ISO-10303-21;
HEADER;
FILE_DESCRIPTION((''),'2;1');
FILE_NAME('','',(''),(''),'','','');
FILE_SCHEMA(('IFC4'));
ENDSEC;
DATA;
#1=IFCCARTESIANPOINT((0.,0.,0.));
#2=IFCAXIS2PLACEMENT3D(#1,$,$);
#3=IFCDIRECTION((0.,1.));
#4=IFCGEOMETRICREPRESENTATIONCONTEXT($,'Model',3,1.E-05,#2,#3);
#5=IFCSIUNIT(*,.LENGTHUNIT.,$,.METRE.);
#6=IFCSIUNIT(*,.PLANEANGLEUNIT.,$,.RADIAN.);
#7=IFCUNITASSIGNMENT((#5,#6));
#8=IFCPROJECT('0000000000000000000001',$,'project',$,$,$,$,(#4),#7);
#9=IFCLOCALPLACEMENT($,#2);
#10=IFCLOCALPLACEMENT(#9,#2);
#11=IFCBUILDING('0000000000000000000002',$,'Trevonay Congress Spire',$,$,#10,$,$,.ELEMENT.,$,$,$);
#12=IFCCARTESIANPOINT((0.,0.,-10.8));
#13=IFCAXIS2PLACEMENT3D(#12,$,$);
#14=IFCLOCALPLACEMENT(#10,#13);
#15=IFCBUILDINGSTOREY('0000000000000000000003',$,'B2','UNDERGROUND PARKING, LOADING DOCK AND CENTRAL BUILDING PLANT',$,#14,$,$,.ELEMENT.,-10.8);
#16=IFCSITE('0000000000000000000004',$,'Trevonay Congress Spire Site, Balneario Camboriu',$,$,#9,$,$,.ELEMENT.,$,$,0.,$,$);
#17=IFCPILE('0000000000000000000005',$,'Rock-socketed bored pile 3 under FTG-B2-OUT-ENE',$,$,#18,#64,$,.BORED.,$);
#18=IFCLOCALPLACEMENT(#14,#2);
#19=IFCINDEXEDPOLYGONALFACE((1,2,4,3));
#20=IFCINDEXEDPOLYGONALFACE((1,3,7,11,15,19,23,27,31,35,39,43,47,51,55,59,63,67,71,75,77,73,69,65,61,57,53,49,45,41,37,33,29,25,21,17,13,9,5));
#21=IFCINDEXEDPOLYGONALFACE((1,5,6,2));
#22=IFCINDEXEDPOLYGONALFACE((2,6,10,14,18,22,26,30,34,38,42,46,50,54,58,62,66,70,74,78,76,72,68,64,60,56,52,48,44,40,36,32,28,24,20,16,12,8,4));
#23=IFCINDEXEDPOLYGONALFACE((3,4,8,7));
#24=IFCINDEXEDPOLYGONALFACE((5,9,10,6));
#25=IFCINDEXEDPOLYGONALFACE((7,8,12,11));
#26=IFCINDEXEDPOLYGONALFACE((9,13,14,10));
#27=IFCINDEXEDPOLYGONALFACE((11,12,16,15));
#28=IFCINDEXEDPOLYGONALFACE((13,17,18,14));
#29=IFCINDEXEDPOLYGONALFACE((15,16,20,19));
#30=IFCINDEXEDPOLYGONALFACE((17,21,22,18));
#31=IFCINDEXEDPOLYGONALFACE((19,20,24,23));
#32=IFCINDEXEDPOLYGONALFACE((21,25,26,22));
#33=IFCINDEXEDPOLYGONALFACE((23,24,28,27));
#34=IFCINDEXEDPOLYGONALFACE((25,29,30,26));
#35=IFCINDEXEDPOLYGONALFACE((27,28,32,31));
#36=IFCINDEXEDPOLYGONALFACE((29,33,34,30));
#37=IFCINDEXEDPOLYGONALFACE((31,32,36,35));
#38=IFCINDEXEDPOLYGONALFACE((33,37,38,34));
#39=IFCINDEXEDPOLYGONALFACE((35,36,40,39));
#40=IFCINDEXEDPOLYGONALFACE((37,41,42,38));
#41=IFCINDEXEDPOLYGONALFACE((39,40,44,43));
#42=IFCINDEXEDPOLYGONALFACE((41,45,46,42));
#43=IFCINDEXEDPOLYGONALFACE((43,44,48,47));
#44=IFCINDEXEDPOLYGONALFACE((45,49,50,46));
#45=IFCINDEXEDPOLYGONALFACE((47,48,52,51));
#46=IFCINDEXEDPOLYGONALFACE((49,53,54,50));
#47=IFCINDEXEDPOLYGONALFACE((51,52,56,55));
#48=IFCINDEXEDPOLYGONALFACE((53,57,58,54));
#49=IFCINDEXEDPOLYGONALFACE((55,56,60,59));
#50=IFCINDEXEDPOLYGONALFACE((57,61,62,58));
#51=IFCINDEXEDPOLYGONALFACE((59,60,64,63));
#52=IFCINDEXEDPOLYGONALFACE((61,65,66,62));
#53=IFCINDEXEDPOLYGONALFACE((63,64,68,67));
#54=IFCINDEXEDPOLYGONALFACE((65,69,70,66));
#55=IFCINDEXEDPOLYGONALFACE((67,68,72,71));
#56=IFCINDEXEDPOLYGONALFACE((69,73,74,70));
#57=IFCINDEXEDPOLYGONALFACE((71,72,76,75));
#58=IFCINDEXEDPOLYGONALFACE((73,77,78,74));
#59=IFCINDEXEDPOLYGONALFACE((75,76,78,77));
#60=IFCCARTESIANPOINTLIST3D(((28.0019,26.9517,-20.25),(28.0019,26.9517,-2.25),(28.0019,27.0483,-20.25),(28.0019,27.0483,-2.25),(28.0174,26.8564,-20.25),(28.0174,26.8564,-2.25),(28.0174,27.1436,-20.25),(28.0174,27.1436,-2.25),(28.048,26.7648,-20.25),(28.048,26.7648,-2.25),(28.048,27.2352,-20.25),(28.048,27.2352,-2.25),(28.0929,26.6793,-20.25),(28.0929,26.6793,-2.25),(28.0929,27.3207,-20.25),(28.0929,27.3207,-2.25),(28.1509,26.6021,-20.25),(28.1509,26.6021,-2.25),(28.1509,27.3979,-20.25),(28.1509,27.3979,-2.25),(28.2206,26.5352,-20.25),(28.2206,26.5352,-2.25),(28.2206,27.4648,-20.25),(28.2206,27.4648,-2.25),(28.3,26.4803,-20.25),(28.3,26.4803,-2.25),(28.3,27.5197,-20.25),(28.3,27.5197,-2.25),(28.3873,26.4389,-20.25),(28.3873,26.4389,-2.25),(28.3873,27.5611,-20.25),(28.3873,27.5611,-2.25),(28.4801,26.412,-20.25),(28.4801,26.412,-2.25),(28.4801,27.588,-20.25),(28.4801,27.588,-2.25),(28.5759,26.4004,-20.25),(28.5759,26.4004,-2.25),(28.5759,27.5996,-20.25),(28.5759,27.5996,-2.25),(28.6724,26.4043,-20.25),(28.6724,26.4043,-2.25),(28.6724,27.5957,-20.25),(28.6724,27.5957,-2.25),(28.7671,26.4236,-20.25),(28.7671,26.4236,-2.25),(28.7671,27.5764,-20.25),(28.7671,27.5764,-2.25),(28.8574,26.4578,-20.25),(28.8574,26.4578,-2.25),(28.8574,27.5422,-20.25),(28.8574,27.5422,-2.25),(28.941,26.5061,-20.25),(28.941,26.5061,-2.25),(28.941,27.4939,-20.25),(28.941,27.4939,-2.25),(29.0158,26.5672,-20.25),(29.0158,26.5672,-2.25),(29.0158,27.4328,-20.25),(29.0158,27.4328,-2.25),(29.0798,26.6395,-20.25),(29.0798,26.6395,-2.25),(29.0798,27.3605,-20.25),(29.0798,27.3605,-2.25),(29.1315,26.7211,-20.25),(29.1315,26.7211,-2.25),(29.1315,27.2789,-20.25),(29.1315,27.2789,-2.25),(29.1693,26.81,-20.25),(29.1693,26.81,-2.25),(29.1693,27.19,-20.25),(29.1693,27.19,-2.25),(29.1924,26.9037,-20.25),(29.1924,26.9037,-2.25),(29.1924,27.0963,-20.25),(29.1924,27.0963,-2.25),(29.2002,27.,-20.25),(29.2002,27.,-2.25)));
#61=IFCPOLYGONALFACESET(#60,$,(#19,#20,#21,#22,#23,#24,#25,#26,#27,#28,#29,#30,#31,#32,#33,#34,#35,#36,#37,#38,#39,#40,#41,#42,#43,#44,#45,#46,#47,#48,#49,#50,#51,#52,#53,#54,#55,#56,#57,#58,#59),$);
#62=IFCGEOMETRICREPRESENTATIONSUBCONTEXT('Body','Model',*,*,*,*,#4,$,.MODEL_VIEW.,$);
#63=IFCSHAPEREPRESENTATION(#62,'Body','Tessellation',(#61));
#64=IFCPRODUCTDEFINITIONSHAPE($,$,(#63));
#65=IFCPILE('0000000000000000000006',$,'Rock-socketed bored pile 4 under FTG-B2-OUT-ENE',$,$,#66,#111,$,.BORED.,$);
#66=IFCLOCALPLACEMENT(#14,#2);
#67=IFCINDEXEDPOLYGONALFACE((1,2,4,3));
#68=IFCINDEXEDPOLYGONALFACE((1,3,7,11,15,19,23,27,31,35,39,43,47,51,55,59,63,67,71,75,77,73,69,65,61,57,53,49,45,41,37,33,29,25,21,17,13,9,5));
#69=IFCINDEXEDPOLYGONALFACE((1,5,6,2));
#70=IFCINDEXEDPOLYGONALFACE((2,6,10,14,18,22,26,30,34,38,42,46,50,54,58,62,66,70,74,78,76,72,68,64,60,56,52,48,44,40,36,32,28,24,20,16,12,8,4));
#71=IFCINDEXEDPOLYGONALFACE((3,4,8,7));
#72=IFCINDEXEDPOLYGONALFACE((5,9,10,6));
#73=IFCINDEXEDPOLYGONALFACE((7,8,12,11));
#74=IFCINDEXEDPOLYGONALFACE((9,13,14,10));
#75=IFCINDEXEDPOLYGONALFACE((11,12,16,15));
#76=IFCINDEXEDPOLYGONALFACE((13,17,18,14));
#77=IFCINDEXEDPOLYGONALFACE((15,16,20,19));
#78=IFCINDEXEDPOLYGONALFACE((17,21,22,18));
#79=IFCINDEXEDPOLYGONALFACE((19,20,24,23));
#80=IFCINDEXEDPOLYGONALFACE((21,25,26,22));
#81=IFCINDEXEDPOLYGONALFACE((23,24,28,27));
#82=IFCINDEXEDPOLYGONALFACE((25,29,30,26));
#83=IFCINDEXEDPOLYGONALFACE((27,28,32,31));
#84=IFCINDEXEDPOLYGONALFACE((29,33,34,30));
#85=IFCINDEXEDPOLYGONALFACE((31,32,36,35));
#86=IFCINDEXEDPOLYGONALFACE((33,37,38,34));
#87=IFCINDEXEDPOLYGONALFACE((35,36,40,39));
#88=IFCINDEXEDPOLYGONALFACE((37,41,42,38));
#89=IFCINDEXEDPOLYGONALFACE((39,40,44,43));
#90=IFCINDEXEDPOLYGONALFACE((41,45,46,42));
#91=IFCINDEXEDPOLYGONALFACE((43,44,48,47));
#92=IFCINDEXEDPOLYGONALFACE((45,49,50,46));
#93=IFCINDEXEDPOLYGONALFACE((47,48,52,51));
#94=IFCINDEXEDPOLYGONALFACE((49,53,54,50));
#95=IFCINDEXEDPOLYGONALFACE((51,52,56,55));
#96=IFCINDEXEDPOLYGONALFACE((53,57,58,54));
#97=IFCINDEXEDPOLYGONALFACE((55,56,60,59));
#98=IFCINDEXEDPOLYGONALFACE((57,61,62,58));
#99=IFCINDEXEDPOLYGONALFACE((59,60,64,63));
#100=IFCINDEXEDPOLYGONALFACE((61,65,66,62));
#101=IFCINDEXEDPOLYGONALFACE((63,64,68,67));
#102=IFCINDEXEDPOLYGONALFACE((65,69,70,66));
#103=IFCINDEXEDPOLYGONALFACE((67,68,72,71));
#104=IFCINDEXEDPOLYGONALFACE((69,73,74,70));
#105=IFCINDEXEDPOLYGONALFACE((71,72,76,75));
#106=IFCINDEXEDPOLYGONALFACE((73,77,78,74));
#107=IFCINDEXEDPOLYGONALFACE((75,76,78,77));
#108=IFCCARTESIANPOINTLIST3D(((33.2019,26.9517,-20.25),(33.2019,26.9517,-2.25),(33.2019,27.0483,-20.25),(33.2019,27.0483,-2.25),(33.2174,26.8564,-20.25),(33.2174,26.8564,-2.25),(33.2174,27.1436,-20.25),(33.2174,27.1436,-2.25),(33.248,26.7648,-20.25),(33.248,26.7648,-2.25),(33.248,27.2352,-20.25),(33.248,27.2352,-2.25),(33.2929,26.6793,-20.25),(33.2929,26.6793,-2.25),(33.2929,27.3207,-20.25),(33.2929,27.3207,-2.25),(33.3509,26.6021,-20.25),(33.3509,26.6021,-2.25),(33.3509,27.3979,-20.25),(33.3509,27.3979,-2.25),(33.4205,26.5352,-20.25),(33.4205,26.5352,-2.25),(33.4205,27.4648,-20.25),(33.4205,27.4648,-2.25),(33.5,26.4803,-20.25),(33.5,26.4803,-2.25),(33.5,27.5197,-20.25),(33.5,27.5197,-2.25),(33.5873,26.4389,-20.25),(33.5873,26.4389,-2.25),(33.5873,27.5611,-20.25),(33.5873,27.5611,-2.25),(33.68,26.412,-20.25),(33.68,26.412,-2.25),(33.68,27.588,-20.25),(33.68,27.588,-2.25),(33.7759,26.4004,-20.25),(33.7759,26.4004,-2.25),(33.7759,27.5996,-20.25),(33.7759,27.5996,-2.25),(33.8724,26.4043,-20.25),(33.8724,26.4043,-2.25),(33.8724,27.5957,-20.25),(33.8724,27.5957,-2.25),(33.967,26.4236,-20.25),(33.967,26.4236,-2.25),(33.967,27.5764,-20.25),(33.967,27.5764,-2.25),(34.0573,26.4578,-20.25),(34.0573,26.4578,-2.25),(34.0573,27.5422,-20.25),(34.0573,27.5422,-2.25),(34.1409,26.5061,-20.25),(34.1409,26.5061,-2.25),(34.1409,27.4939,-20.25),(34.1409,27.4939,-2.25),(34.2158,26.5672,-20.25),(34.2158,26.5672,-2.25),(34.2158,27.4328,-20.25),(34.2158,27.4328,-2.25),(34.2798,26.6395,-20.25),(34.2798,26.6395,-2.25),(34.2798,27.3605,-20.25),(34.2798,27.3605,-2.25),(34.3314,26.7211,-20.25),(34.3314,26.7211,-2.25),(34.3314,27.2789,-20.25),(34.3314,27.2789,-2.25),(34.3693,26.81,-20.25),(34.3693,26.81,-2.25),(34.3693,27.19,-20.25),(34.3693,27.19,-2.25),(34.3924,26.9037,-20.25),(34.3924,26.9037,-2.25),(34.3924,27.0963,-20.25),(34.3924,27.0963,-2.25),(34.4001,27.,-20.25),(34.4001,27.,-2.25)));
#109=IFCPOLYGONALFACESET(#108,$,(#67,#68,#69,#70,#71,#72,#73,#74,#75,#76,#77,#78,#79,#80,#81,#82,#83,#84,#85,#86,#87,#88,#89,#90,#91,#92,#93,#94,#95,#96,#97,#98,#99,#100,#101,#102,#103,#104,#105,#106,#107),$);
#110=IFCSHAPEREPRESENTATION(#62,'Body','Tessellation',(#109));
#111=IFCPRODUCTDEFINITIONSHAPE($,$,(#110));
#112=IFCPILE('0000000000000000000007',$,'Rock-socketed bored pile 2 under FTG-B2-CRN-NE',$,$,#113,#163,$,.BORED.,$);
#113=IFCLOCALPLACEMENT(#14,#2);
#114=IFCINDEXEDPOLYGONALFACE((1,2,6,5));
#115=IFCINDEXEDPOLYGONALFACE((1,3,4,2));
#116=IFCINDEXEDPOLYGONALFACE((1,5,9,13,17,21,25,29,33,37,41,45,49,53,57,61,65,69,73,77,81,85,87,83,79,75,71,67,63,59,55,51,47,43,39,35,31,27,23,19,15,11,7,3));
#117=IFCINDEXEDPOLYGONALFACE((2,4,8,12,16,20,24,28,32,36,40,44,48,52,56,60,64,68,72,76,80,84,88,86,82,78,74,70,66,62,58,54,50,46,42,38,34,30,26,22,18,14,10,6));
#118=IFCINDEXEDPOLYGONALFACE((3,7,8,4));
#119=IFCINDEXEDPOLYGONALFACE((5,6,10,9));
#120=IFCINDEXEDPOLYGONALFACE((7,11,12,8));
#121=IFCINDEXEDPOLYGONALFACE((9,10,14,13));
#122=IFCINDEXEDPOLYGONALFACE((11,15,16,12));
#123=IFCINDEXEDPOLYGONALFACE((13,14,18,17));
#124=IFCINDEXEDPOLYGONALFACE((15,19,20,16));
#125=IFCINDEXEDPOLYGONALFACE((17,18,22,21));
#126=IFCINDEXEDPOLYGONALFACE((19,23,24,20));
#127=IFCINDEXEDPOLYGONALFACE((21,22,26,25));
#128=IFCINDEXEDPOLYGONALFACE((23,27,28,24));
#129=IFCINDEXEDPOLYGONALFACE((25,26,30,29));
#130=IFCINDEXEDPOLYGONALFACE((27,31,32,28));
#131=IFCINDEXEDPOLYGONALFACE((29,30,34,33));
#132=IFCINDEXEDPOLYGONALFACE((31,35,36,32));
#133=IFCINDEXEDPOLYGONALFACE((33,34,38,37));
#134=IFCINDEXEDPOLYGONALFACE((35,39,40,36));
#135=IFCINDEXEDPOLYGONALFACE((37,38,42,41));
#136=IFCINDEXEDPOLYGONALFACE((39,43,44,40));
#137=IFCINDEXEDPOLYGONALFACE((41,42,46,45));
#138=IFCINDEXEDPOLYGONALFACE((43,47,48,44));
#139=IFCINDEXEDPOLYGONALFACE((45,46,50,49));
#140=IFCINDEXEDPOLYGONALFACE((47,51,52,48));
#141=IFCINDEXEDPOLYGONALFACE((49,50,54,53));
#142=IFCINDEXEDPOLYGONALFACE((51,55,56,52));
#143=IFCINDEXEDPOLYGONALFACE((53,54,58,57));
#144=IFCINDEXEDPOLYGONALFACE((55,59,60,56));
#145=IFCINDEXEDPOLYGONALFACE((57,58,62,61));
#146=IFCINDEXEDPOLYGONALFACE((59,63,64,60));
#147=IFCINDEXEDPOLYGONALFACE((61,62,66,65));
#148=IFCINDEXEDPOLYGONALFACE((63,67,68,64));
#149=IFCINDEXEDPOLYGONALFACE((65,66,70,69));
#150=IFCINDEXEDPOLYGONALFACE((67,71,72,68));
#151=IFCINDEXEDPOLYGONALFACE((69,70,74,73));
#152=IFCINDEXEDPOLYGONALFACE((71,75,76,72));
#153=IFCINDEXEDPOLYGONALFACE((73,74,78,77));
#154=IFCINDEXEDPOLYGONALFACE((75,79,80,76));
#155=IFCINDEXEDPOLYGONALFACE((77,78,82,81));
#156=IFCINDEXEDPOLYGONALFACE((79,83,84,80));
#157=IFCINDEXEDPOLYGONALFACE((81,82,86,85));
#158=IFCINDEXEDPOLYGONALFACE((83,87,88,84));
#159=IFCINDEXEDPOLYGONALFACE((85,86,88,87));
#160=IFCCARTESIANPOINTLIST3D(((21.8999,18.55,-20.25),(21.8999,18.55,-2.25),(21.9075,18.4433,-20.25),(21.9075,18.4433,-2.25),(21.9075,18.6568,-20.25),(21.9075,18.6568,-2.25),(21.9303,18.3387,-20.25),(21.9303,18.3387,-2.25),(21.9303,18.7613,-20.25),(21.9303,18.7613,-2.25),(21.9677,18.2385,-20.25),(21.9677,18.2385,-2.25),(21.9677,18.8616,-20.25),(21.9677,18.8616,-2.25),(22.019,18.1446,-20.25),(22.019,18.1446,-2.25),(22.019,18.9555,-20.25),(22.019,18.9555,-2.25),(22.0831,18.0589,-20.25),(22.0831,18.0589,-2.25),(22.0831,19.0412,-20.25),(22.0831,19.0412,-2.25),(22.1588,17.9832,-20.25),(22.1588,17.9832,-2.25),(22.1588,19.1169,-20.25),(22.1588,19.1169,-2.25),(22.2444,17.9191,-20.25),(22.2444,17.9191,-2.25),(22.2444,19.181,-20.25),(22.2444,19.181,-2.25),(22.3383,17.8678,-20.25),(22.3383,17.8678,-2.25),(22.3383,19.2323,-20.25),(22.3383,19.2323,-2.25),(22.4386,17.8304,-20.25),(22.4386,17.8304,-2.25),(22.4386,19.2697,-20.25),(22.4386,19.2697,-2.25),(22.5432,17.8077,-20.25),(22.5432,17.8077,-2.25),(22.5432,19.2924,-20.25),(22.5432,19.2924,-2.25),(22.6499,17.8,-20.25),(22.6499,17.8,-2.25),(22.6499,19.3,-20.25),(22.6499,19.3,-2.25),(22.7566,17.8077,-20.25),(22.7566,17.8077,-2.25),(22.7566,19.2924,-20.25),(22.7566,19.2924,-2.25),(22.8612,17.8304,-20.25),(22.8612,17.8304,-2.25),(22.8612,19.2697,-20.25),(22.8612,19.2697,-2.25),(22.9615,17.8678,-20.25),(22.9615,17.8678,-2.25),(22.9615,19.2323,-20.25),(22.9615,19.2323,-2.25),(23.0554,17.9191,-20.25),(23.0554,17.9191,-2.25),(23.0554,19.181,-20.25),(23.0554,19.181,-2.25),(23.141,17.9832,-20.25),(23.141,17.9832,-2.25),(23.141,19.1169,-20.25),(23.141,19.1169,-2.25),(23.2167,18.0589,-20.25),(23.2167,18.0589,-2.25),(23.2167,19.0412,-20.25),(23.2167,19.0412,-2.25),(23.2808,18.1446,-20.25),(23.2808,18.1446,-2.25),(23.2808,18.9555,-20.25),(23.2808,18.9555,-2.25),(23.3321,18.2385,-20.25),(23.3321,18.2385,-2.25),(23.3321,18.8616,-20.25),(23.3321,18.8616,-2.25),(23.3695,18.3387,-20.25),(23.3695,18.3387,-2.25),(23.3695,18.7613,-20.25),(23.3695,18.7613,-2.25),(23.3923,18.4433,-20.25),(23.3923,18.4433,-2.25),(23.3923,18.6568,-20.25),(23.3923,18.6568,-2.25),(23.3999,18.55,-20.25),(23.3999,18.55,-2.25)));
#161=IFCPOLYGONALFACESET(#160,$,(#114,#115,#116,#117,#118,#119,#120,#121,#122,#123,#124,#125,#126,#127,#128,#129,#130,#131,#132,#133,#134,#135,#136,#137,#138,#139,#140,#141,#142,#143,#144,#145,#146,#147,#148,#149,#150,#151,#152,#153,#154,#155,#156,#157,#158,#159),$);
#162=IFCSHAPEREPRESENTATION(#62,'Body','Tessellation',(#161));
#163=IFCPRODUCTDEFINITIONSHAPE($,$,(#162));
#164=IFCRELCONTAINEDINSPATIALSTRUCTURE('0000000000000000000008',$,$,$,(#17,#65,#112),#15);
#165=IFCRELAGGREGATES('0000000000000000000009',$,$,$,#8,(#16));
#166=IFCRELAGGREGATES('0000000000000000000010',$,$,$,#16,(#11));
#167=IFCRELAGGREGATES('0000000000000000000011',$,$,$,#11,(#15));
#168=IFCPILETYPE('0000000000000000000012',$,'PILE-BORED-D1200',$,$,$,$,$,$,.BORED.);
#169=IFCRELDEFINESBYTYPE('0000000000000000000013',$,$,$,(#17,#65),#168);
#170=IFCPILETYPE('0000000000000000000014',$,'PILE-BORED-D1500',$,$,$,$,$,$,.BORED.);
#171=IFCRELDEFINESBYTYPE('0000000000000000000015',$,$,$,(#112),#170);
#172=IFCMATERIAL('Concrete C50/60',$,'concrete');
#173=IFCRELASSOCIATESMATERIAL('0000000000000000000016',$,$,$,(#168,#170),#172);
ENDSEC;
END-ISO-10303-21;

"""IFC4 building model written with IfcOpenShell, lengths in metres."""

from ifc_helpers import new_model, si_unit, direction, frame, origin, origin_2d, place, context, subcontext, project, spatial, circle, extrude, material, material_profile, profile_set, type_object, element, save


model = new_model("IFC4")

# Units and contexts
model_context = context("Model", 3, precision=1e-05, world=origin(), true_north=direction((0.0, 1.0)))
body_context = subcontext(model_context, "Body", "Model", "MODEL_VIEW")
ifc_project = project(units=[si_unit("LENGTHUNIT", "METRE"), si_unit("PLANEANGLEUNIT", "RADIAN")], contexts=[model_context])

# Site, building, storey
site_placement = place(None, origin())
site = spatial("IfcSite", under=ifc_project, at=site_placement, Name="Trevonay Congress Spire Site, Balneario Camboriu", CompositionType="ELEMENT", RefElevation=0.0)
building_placement = place(site_placement, origin())
building = spatial("IfcBuilding", under=site, at=building_placement, Name="Trevonay Congress Spire", CompositionType="ELEMENT")
storey_placement = place(building_placement, frame((0.0, 0.0, -10.8)))
storey = spatial("IfcBuildingStorey", under=building, at=storey_placement, Name="B2", Description="UNDERGROUND PARKING, LOADING DOCK AND CENTRAL BUILDING PLANT", CompositionType="ELEMENT", Elevation=-10.8)

# Shared definitions
ifc_material_1 = material(Name="Concrete C50/60", Category="concrete")

# Piles
ifc_material_profile_1 = material_profile(ifc_material_1, circle(Radius=0.6001, at=origin_2d()), Name="PILE D1200")
ifc_profile_set_1 = profile_set([ifc_material_profile_1], Name="Concrete C50/60")
pile_type_1 = type_object("IfcPileType", Name="PILE-BORED-D1200", PredefinedType="BORED", material=ifc_profile_set_1)
for number, where, z_axis, x_axis, name in (
    (1, (28.6001, 27.0, -2.25), (0.0, 0.0, -1.0), (1.0, 0.0, 0.0), "Rock-socketed bored pile 3 under FTG-B2-OUT-ENE"),
    (2, (33.8, 27.0, -2.25), (0.0, 0.0, -1.0), (1.0, 0.0, 0.0), "Rock-socketed bored pile 4 under FTG-B2-OUT-ENE"),
):
    element("IfcPile", number, at=place(storey_placement, frame(where, z_axis=z_axis, x_axis=x_axis)), inside=storey, type_object=pile_type_1, Name=name, PredefinedType="BORED", context=body_context, shape_type="SweptSolid", body=[
        extrude(circle(Radius=0.6001, at=origin_2d()), origin(), (0.0, 0.0, 1.0), 18.0),
    ])
ifc_material_profile_2 = material_profile(ifc_material_1, circle(Radius=0.75, at=origin_2d()), Name="PILE D1500")
ifc_profile_set_2 = profile_set([ifc_material_profile_2], Name="Concrete C50/60")
pile_type_2 = type_object("IfcPileType", Name="PILE-BORED-D1500", PredefinedType="BORED", material=ifc_profile_set_2)
for number, where, z_axis, x_axis, name in (
    (3, (22.6499, 18.55, -2.25), (0.0, 0.0, -1.0), (1.0, 0.0, 0.0), "Rock-socketed bored pile 2 under FTG-B2-CRN-NE"),
):
    element("IfcPile", number, at=place(storey_placement, frame(where, z_axis=z_axis, x_axis=x_axis)), inside=storey, type_object=pile_type_2, Name=name, PredefinedType="BORED", context=body_context, shape_type="SweptSolid", body=[
        extrude(circle(Radius=0.75, at=origin_2d()), origin(), (0.0, 0.0, 1.0), 18.0),
    ])

save(model, "model.ifc")
